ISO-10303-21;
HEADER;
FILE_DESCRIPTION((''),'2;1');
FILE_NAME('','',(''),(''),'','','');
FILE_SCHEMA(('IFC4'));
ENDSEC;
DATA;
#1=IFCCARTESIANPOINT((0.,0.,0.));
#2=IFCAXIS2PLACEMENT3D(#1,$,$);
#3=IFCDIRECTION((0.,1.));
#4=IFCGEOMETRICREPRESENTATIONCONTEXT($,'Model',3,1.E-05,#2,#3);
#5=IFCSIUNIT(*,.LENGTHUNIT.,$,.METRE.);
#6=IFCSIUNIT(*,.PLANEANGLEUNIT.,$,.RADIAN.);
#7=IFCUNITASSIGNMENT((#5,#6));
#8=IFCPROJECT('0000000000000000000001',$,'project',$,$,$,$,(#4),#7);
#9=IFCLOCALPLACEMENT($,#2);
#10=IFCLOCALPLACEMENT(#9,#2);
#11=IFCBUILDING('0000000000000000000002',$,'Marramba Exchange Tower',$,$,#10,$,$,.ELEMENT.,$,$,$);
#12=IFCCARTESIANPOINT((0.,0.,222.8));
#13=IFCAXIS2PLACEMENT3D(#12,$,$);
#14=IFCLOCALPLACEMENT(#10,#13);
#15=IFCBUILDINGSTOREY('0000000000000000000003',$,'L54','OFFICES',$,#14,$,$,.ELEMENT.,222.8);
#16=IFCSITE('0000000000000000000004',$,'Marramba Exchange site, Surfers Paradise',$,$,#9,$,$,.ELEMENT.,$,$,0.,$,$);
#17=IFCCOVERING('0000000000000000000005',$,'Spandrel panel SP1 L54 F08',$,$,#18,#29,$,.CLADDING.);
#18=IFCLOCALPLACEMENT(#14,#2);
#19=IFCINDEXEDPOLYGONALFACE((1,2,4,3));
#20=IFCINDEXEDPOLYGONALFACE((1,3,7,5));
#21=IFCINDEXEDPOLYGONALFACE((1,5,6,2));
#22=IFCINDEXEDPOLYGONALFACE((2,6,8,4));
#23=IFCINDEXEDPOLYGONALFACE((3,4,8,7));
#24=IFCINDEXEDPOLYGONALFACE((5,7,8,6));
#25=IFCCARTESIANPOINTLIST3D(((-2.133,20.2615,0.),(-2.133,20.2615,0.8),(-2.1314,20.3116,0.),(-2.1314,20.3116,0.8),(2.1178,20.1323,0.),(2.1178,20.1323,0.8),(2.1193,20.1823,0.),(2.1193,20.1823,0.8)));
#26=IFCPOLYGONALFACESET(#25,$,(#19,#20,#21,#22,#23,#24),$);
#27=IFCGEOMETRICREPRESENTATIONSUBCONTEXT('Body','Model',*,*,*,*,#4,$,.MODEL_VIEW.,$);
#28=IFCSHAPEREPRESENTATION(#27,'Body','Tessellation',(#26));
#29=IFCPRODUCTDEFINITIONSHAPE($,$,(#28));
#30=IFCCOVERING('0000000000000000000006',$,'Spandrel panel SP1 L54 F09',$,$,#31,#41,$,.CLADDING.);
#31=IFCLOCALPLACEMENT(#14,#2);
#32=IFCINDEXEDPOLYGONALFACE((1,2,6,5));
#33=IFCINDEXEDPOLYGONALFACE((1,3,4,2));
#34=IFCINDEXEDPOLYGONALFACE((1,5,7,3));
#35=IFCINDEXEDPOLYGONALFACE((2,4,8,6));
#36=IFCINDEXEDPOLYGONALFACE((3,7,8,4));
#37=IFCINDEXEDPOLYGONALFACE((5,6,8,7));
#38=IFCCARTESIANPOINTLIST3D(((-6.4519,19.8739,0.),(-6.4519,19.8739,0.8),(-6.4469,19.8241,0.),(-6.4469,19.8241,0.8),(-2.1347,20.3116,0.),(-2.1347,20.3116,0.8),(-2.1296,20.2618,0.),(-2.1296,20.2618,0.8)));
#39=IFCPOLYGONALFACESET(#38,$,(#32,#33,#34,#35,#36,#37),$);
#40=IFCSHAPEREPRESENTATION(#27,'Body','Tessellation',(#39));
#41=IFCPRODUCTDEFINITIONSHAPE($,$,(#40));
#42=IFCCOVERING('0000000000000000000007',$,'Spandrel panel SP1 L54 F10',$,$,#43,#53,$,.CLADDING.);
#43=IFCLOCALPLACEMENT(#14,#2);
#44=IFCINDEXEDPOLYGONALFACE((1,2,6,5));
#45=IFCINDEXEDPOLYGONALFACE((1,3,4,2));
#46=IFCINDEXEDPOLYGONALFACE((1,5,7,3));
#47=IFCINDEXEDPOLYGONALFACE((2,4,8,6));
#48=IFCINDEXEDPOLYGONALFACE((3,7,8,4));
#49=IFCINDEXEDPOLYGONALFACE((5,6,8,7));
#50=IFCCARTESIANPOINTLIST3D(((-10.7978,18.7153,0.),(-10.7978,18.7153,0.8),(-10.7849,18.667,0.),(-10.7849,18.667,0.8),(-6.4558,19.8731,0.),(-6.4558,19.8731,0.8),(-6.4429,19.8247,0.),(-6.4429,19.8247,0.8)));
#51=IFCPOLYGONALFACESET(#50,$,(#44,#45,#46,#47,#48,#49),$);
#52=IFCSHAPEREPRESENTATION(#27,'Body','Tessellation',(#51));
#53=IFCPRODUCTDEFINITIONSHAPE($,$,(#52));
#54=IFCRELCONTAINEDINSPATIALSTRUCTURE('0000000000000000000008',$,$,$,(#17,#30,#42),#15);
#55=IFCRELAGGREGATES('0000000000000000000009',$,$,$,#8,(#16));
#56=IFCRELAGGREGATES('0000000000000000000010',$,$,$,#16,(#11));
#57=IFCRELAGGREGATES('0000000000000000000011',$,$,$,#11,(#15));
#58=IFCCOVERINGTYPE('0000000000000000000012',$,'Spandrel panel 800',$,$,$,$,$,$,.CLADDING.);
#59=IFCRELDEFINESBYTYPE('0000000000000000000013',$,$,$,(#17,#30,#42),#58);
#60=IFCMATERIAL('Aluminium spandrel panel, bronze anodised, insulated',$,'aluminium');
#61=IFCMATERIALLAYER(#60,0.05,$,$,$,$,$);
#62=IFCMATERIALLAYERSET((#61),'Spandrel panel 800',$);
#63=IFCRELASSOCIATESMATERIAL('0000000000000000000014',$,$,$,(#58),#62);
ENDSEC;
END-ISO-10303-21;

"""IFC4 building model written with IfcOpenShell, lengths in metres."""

from ifc_helpers import new_model, si_unit, direction, frame, origin, origin_2d, place, context, subcontext, project, spatial, rectangle, extrude, material, layer, layer_set, type_object, element, save


model = new_model("IFC4")

# Units and contexts
model_context = context("Model", 3, precision=1e-05, world=origin(), true_north=direction((0.0, 1.0)))
body_context = subcontext(model_context, "Body", "Model", "MODEL_VIEW")
ifc_project = project(units=[si_unit("LENGTHUNIT", "METRE"), si_unit("PLANEANGLEUNIT", "RADIAN")], contexts=[model_context])

# Site, building, storey
site_placement = place(None, origin())
site = spatial("IfcSite", under=ifc_project, at=site_placement, Name="Marramba Exchange site, Surfers Paradise", CompositionType="ELEMENT", RefElevation=0.0)
building_placement = place(site_placement, origin())
building = spatial("IfcBuilding", under=site, at=building_placement, Name="Marramba Exchange Tower", CompositionType="ELEMENT")
storey_placement = place(building_placement, frame((0.0, 0.0, 222.8)))
storey = spatial("IfcBuildingStorey", under=building, at=storey_placement, Name="L54", Description="OFFICES", CompositionType="ELEMENT", Elevation=222.8)

# Coverings
ifc_material_1 = material(Name="Aluminium spandrel panel, bronze anodised, insulated", Category="aluminium")
ifc_layer_1 = layer(ifc_material_1, 0.05)
ifc_layer_set_1 = layer_set([ifc_layer_1], Name="Spandrel panel 800")
covering_type = type_object("IfcCoveringType", Name="Spandrel panel 800", PredefinedType="CLADDING", material=ifc_layer_set_1)
covering_1_placement = place(storey_placement, frame((-0.0068, 20.2219, 0.0), z_axis=(0.0, 0.0, 1.0), x_axis=(-0.999538, 0.030394, 0.0)))
element("IfcCovering", 1, at=covering_1_placement, inside=storey, type_object=covering_type, Name="Spandrel panel SP1 L54 F08", PredefinedType="CLADDING", context=body_context, shape_type="SweptSolid", body=[
    extrude(rectangle(XDim=4.2527, YDim=0.05, at=origin_2d()), origin(), (0.0, 0.0, 1.0), 0.8),
])
covering_2_placement = place(storey_placement, frame((-4.2908, 20.0679, 0.0), z_axis=(0.0, 0.0, 1.0), x_axis=(-0.9949, -0.100863, 0.0)))
element("IfcCovering", 2, at=covering_2_placement, inside=storey, type_object=covering_type, Name="Spandrel panel SP1 L54 F09", PredefinedType="CLADDING", context=body_context, shape_type="SweptSolid", body=[
    extrude(rectangle(XDim=4.3394, YDim=0.05, at=origin_2d()), origin(), (0.0, 0.0, 1.0), 0.8),
])
covering_3_placement = place(storey_placement, frame((-8.6204, 19.27, 0.0), z_axis=(0.0, 0.0, 1.0), x_axis=(-0.966241, -0.257641, 0.0)))
element("IfcCovering", 3, at=covering_3_placement, inside=storey, type_object=covering_type, Name="Spandrel panel SP1 L54 F10", PredefinedType="CLADDING", context=body_context, shape_type="SweptSolid", body=[
    extrude(rectangle(XDim=4.4937, YDim=0.05, at=origin_2d()), origin(), (0.0, 0.0, 1.0), 0.8),
])

save(model, "model.ifc")
